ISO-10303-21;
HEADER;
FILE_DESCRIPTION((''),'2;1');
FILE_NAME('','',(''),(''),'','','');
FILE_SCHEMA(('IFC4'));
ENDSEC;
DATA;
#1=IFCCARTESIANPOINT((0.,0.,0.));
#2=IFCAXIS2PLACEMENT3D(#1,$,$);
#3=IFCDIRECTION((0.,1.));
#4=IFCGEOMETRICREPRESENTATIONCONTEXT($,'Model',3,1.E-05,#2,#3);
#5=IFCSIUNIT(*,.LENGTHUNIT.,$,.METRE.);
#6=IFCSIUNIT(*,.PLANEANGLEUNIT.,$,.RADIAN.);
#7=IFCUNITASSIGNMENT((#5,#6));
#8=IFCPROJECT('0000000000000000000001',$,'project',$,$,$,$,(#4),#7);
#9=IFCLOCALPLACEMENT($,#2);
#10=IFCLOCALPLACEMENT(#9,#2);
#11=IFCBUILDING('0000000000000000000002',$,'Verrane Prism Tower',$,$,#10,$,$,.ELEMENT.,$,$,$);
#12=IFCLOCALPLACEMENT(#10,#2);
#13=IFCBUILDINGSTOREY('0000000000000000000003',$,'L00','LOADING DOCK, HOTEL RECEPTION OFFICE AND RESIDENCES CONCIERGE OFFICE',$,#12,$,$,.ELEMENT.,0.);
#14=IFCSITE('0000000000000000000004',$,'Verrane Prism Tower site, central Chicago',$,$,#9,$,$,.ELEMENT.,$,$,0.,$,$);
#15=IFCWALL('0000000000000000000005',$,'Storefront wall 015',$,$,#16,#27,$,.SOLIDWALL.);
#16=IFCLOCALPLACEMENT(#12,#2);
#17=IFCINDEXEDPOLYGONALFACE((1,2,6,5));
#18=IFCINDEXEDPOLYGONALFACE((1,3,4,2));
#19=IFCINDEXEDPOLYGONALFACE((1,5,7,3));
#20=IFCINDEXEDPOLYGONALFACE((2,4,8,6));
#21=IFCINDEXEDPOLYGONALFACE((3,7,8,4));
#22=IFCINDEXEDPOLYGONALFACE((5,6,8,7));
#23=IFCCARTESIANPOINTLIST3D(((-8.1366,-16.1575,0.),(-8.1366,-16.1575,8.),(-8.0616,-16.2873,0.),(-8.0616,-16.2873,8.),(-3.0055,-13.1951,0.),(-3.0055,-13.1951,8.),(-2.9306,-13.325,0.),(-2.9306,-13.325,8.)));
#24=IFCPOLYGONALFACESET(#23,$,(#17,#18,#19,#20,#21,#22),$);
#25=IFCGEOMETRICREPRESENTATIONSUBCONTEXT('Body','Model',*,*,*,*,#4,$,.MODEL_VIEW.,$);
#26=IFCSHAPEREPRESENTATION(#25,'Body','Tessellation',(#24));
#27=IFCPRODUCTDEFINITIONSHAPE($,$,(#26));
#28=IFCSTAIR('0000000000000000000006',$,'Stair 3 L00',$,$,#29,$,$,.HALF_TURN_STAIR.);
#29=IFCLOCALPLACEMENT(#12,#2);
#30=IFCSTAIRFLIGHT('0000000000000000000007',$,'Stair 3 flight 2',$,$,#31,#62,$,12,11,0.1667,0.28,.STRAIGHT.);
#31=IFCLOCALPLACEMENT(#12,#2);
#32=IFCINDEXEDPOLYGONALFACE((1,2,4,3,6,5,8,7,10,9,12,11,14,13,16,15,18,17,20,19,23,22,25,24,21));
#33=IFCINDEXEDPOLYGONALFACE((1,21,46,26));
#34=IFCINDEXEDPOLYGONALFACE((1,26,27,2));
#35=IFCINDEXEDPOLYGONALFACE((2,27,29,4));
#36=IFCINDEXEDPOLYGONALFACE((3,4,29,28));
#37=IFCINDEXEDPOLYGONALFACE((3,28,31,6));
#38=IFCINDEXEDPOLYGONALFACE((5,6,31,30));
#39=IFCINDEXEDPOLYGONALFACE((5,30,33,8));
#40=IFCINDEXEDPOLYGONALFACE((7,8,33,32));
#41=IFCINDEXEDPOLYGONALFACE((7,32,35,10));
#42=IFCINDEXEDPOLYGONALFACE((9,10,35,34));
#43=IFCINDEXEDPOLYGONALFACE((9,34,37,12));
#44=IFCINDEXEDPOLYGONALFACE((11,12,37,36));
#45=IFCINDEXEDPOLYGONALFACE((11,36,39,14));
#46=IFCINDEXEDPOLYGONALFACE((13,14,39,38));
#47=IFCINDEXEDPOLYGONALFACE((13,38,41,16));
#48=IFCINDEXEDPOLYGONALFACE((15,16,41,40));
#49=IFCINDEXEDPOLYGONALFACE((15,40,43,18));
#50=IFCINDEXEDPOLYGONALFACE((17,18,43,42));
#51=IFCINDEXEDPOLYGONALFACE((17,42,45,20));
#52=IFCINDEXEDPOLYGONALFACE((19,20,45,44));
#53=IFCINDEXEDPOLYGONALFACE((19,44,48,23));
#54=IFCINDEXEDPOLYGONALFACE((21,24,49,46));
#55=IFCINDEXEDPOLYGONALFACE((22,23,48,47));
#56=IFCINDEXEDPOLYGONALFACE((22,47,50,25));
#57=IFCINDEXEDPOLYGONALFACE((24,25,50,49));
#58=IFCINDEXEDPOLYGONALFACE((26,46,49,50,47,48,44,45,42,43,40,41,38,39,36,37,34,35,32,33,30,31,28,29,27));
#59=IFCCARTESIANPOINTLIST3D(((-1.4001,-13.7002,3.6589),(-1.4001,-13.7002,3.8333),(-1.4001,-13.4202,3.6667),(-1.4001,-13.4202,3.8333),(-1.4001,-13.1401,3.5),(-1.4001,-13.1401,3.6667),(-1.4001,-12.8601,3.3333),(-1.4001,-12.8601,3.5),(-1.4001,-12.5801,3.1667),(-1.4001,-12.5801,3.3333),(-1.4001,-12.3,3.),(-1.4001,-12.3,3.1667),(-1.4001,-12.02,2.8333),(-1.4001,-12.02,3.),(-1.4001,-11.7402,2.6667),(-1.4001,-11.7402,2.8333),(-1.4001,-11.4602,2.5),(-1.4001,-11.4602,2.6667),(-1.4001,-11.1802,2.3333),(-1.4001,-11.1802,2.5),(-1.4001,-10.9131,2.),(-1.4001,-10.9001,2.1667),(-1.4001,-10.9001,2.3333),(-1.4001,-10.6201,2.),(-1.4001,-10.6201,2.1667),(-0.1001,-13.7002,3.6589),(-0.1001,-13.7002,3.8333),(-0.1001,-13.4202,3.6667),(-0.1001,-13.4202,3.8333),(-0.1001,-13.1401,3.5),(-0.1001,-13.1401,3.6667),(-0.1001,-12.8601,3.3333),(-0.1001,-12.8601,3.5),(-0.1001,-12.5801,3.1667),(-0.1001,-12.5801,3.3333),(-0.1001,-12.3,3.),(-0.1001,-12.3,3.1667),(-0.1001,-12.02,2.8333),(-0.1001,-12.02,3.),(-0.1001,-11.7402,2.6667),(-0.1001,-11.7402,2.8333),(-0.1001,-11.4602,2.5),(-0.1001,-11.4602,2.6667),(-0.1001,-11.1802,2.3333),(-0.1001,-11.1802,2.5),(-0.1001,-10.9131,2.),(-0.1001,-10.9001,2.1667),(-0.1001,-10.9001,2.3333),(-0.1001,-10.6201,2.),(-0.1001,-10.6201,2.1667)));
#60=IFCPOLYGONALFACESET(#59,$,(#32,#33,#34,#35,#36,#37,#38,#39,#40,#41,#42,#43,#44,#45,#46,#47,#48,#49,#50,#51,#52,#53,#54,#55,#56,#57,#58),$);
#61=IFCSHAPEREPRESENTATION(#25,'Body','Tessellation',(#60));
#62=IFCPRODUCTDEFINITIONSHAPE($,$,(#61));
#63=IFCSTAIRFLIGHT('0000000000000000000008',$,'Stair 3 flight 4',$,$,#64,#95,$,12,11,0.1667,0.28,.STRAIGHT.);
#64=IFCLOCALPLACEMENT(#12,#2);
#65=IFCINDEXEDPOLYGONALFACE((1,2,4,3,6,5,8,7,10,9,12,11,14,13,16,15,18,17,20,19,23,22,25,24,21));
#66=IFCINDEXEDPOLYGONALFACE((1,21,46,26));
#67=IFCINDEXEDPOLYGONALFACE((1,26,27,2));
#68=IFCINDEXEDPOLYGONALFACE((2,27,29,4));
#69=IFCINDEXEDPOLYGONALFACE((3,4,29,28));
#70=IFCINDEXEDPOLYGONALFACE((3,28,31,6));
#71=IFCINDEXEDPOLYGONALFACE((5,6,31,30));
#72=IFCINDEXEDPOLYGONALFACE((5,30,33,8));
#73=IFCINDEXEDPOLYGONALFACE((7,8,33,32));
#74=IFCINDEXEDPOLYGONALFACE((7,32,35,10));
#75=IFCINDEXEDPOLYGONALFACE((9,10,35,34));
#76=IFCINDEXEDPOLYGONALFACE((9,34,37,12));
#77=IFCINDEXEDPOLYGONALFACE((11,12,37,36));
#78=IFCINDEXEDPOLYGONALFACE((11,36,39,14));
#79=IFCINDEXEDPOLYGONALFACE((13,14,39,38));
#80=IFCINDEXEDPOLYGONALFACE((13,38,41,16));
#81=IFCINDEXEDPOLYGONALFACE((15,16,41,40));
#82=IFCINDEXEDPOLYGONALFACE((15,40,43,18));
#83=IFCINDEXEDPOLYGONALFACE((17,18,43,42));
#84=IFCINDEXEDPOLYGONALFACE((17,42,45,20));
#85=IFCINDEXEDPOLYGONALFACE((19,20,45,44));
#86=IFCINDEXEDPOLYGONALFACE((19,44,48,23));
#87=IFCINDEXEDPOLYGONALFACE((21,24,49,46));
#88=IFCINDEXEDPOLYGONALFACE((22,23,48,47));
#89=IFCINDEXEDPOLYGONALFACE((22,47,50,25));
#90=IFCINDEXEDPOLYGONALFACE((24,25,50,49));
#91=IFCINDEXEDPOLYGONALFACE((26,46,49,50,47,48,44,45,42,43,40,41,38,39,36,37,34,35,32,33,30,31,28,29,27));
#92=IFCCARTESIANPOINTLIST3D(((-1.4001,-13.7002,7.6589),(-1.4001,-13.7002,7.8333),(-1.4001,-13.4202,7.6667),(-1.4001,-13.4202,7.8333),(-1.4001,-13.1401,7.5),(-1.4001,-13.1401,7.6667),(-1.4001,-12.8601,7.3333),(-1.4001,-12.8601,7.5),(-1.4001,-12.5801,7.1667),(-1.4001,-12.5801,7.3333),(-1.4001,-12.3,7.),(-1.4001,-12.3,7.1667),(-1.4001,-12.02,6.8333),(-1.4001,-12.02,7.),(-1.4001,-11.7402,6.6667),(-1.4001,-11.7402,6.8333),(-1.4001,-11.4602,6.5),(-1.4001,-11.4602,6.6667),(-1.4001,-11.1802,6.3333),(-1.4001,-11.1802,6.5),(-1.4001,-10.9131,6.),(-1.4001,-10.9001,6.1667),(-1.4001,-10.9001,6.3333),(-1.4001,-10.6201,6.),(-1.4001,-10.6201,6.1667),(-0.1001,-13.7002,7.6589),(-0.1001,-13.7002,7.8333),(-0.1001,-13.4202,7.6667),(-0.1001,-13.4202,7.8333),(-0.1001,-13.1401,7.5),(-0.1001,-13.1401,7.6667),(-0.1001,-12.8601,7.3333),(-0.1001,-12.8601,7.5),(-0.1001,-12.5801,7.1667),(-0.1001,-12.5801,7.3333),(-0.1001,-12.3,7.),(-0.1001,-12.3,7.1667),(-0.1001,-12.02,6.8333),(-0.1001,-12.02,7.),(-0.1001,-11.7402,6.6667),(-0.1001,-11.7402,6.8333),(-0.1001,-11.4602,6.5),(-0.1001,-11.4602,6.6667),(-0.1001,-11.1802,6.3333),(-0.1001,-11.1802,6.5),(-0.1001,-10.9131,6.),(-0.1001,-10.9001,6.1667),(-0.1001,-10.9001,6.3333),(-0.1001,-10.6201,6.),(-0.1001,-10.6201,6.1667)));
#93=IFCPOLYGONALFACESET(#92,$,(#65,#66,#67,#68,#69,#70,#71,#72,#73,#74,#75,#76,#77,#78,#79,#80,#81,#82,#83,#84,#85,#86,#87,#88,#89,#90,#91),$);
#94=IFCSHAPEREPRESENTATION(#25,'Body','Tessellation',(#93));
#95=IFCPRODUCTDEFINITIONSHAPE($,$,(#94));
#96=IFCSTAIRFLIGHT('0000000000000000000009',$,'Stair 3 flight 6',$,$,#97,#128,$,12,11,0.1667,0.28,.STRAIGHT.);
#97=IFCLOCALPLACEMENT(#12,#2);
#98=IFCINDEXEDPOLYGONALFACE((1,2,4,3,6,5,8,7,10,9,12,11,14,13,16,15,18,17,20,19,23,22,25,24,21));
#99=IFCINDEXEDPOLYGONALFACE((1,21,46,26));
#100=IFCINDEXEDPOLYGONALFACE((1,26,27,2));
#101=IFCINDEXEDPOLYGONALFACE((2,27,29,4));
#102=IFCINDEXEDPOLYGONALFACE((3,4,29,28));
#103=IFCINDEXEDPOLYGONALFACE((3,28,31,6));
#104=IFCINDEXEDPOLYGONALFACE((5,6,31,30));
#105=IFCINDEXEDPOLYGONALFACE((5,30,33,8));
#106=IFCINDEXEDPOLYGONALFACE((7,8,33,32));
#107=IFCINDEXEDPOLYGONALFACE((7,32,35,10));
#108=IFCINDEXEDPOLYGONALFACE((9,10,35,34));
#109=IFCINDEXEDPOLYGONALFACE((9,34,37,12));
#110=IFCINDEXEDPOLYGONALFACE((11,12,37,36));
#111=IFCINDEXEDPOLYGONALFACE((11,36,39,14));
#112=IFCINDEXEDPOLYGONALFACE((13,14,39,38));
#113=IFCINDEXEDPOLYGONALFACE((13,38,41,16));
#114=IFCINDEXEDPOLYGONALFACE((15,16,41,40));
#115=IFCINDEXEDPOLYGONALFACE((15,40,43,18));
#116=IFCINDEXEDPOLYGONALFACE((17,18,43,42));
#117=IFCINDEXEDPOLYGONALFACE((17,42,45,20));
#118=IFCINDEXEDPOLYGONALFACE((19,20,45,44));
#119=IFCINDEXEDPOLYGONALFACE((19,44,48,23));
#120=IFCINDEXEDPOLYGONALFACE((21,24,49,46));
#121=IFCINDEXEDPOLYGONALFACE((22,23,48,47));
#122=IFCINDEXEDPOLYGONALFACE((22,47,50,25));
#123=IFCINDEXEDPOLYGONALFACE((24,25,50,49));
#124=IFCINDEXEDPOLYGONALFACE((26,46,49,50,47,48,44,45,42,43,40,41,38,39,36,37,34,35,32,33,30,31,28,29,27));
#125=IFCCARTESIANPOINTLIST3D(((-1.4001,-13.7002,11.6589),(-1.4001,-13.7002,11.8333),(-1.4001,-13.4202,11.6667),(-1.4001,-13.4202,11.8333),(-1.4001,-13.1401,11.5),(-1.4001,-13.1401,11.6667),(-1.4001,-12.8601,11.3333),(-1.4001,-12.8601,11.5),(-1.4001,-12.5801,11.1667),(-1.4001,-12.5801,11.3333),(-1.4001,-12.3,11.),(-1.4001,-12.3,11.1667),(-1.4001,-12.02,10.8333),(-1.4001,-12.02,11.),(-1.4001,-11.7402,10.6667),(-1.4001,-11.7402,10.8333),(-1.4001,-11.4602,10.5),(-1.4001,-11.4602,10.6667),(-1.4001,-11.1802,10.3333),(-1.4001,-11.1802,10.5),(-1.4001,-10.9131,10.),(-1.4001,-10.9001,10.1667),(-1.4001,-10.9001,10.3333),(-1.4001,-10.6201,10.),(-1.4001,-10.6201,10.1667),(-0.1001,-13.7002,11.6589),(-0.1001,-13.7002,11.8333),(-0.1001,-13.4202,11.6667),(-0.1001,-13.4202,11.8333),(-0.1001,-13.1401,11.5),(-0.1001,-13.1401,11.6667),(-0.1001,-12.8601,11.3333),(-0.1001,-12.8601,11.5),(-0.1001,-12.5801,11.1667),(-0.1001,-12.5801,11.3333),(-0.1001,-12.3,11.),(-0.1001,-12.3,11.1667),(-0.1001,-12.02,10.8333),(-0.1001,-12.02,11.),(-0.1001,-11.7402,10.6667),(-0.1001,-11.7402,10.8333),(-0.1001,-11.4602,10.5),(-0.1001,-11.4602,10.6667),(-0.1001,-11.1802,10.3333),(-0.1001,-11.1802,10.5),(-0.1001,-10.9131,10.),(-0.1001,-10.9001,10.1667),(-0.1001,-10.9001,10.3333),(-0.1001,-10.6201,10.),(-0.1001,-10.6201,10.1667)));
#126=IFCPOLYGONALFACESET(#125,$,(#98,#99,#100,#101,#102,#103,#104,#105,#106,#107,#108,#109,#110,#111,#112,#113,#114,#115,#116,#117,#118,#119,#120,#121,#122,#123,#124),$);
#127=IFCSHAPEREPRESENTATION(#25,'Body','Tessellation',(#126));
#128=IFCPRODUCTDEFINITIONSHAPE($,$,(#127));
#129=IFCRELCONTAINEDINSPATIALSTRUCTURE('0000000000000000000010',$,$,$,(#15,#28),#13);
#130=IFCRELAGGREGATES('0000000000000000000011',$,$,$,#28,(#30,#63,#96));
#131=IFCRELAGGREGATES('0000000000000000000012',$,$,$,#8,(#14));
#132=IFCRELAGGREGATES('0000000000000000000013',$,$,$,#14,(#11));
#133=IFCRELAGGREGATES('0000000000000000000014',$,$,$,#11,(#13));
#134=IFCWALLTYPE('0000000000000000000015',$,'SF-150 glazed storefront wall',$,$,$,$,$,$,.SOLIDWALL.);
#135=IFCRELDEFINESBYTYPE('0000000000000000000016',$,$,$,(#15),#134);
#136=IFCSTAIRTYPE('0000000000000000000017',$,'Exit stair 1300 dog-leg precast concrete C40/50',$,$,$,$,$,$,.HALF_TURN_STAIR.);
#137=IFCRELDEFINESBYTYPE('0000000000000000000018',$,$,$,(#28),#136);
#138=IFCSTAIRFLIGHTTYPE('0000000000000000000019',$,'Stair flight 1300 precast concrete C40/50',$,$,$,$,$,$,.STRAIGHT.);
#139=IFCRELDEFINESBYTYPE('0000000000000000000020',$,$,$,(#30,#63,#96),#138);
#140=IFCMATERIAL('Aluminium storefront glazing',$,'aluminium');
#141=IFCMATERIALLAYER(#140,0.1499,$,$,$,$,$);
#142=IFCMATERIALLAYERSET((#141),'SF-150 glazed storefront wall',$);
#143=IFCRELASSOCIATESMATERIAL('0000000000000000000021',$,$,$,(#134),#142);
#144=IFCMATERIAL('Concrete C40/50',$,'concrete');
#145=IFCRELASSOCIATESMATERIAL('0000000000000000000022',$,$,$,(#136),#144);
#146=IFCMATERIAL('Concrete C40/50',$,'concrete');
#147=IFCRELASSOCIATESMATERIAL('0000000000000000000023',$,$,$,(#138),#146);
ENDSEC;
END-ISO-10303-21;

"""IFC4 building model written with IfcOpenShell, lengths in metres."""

from ifc_helpers import new_model, si_unit, direction, frame, frame_2d, origin, place, context, subcontext, project, spatial, polyline, rectangle, outline, extrude, material, layer, layer_set, type_object, element, aggregate, save


model = new_model("IFC4")

# Units and contexts
model_context = context("Model", 3, precision=1e-05, world=origin(), true_north=direction((0.0, 1.0)))
body_context = subcontext(model_context, "Body", "Model", "MODEL_VIEW")
ifc_project = project(units=[si_unit("LENGTHUNIT", "METRE"), si_unit("PLANEANGLEUNIT", "RADIAN")], contexts=[model_context])

# Site, building, storey
site_placement = place(None, origin())
site = spatial("IfcSite", under=ifc_project, at=site_placement, Name="Verrane Prism Tower site, central Chicago", CompositionType="ELEMENT", RefElevation=0.0)
building_placement = place(site_placement, origin())
building = spatial("IfcBuilding", under=site, at=building_placement, Name="Verrane Prism Tower", CompositionType="ELEMENT")
storey_placement = place(building_placement, origin())
storey = spatial("IfcBuildingStorey", under=building, at=storey_placement, Name="L00", Description="LOADING DOCK, HOTEL RECEPTION OFFICE AND RESIDENCES CONCIERGE OFFICE", CompositionType="ELEMENT", Elevation=0.0)

# Wall
ifc_material_1 = material(Name="Aluminium storefront glazing", Category="aluminium")
ifc_layer_1 = layer(ifc_material_1, 0.1499)
ifc_layer_set_1 = layer_set([ifc_layer_1], Name="SF-150 glazed storefront wall")
wall_type_1 = type_object("IfcWallType", Name="SF-150 glazed storefront wall", PredefinedType="SOLIDWALL", material=ifc_layer_set_1)
wall_1_placement = place(storey_placement, frame((-8.0991, -16.2224, 0.0), z_axis=(0.0, 0.0, 1.0), x_axis=(0.866028, 0.499995, 0.0)))
element("IfcWall", 1, at=wall_1_placement, inside=storey, type_object=wall_type_1, Name="Storefront wall 015", PredefinedType="SOLIDWALL", context=body_context, shape_type="SweptSolid", body=[
    extrude(rectangle(XDim=5.9248, YDim=0.1499, at=frame_2d((2.9624, 0.0))), origin(), (0.0, 0.0, 1.0), 8.0),
])

# Stair, stair flights
ifc_material_2 = material(Name="Concrete C40/50", Category="concrete")
stair_type = type_object("IfcStairType", Name="Exit stair 1300 dog-leg precast concrete C40/50", PredefinedType="HALF_TURN_STAIR", material=ifc_material_2)
stair_placement = place(storey_placement, origin())
stair = element("IfcStair", 2, at=stair_placement, inside=storey, type_object=stair_type, Name="Stair 3 L00", PredefinedType="HALF_TURN_STAIR")
ifc_material_3 = material(Name="Concrete C40/50", Category="concrete")
stair_flight_type = type_object("IfcStairFlightType", Name="Stair flight 1300 precast concrete C40/50", PredefinedType="STRAIGHT", material=ifc_material_3)
stair_flight_1_placement = place(storey_placement, frame((-0.75, -10.6201, 2.0), z_axis=(0.0, 0.0, 1.0), x_axis=(0.0, -1.0, 0.0)))
stair_flight_1 = element("IfcStairFlight", 3, at=stair_flight_1_placement, type_object=stair_flight_type, Name="Stair 3 flight 2", NumberOfRisers=12, NumberOfTreads=11, PredefinedType="STRAIGHT", RiserHeight=0.1667, TreadLength=0.28, context=body_context, shape_type="SweptSolid", body=[
    extrude(outline(polyline([(0.0, 0.0), (0.0, 0.1667), (0.28, 0.1667), (0.28, 0.3333), (0.5601, 0.3333), (0.5601, 0.5), (0.8401, 0.5), (0.8401, 0.6667), (1.1201, 0.6667), (1.1201, 0.8333), (1.3999, 0.8333), (1.3999, 1.0), (1.6799, 1.0), (1.6799, 1.1667), (1.96, 1.1667), (1.96, 1.3333), (2.24, 1.3333), (2.24, 1.5), (2.52, 1.5), (2.52, 1.6667), (2.8, 1.6667), (2.8, 1.8333), (3.0801, 1.8333), (3.0801, 2.0), (3.0801, 1.6589), (0.293, 0.0), (0.0, 0.0)])), frame((0.0, 0.6499, 0.0), z_axis=(0.0, -1.0, 0.0), x_axis=(1.0, 0.0, 0.0)), (0.0, 0.0, 1.0), 1.3),
])
stair_flight_2_placement = place(storey_placement, frame((-0.75, -10.6201, 6.0), z_axis=(0.0, 0.0, 1.0), x_axis=(0.0, -1.0, 0.0)))
stair_flight_2 = element("IfcStairFlight", 4, at=stair_flight_2_placement, type_object=stair_flight_type, Name="Stair 3 flight 4", NumberOfRisers=12, NumberOfTreads=11, PredefinedType="STRAIGHT", RiserHeight=0.1667, TreadLength=0.28, context=body_context, shape_type="SweptSolid", body=[
    extrude(outline(polyline([(0.0, 0.0), (0.0, 0.1667), (0.28, 0.1667), (0.28, 0.3333), (0.5601, 0.3333), (0.5601, 0.5), (0.8401, 0.5), (0.8401, 0.6667), (1.1201, 0.6667), (1.1201, 0.8333), (1.3999, 0.8333), (1.3999, 1.0), (1.6799, 1.0), (1.6799, 1.1667), (1.96, 1.1667), (1.96, 1.3333), (2.24, 1.3333), (2.24, 1.5), (2.52, 1.5), (2.52, 1.6667), (2.8, 1.6667), (2.8, 1.8333), (3.0801, 1.8333), (3.0801, 2.0), (3.0801, 1.6589), (0.293, 0.0), (0.0, 0.0)])), frame((0.0, 0.6499, 0.0), z_axis=(0.0, -1.0, 0.0), x_axis=(1.0, 0.0, 0.0)), (0.0, 0.0, 1.0), 1.3),
])
stair_flight_3_placement = place(storey_placement, frame((-0.75, -10.6201, 10.0), z_axis=(0.0, 0.0, 1.0), x_axis=(0.0, -1.0, 0.0)))
stair_flight_3 = element("IfcStairFlight", 5, at=stair_flight_3_placement, type_object=stair_flight_type, Name="Stair 3 flight 6", NumberOfRisers=12, NumberOfTreads=11, PredefinedType="STRAIGHT", RiserHeight=0.1667, TreadLength=0.28, context=body_context, shape_type="SweptSolid", body=[
    extrude(outline(polyline([(0.0, 0.0), (0.0, 0.1667), (0.28, 0.1667), (0.28, 0.3333), (0.5601, 0.3333), (0.5601, 0.5), (0.8401, 0.5), (0.8401, 0.6667), (1.1201, 0.6667), (1.1201, 0.8333), (1.3999, 0.8333), (1.3999, 1.0), (1.6799, 1.0), (1.6799, 1.1667), (1.96, 1.1667), (1.96, 1.3333), (2.24, 1.3333), (2.24, 1.5), (2.52, 1.5), (2.52, 1.6667), (2.8, 1.6667), (2.8, 1.8333), (3.0801, 1.8333), (3.0801, 2.0), (3.0801, 1.6589), (0.293, 0.0), (0.0, 0.0)])), frame((0.0, 0.6499, 0.0), z_axis=(0.0, -1.0, 0.0), x_axis=(1.0, 0.0, 0.0)), (0.0, 0.0, 1.0), 1.3),
])
aggregate(stair, [stair_flight_1, stair_flight_2, stair_flight_3])

save(model, "model.ifc")
